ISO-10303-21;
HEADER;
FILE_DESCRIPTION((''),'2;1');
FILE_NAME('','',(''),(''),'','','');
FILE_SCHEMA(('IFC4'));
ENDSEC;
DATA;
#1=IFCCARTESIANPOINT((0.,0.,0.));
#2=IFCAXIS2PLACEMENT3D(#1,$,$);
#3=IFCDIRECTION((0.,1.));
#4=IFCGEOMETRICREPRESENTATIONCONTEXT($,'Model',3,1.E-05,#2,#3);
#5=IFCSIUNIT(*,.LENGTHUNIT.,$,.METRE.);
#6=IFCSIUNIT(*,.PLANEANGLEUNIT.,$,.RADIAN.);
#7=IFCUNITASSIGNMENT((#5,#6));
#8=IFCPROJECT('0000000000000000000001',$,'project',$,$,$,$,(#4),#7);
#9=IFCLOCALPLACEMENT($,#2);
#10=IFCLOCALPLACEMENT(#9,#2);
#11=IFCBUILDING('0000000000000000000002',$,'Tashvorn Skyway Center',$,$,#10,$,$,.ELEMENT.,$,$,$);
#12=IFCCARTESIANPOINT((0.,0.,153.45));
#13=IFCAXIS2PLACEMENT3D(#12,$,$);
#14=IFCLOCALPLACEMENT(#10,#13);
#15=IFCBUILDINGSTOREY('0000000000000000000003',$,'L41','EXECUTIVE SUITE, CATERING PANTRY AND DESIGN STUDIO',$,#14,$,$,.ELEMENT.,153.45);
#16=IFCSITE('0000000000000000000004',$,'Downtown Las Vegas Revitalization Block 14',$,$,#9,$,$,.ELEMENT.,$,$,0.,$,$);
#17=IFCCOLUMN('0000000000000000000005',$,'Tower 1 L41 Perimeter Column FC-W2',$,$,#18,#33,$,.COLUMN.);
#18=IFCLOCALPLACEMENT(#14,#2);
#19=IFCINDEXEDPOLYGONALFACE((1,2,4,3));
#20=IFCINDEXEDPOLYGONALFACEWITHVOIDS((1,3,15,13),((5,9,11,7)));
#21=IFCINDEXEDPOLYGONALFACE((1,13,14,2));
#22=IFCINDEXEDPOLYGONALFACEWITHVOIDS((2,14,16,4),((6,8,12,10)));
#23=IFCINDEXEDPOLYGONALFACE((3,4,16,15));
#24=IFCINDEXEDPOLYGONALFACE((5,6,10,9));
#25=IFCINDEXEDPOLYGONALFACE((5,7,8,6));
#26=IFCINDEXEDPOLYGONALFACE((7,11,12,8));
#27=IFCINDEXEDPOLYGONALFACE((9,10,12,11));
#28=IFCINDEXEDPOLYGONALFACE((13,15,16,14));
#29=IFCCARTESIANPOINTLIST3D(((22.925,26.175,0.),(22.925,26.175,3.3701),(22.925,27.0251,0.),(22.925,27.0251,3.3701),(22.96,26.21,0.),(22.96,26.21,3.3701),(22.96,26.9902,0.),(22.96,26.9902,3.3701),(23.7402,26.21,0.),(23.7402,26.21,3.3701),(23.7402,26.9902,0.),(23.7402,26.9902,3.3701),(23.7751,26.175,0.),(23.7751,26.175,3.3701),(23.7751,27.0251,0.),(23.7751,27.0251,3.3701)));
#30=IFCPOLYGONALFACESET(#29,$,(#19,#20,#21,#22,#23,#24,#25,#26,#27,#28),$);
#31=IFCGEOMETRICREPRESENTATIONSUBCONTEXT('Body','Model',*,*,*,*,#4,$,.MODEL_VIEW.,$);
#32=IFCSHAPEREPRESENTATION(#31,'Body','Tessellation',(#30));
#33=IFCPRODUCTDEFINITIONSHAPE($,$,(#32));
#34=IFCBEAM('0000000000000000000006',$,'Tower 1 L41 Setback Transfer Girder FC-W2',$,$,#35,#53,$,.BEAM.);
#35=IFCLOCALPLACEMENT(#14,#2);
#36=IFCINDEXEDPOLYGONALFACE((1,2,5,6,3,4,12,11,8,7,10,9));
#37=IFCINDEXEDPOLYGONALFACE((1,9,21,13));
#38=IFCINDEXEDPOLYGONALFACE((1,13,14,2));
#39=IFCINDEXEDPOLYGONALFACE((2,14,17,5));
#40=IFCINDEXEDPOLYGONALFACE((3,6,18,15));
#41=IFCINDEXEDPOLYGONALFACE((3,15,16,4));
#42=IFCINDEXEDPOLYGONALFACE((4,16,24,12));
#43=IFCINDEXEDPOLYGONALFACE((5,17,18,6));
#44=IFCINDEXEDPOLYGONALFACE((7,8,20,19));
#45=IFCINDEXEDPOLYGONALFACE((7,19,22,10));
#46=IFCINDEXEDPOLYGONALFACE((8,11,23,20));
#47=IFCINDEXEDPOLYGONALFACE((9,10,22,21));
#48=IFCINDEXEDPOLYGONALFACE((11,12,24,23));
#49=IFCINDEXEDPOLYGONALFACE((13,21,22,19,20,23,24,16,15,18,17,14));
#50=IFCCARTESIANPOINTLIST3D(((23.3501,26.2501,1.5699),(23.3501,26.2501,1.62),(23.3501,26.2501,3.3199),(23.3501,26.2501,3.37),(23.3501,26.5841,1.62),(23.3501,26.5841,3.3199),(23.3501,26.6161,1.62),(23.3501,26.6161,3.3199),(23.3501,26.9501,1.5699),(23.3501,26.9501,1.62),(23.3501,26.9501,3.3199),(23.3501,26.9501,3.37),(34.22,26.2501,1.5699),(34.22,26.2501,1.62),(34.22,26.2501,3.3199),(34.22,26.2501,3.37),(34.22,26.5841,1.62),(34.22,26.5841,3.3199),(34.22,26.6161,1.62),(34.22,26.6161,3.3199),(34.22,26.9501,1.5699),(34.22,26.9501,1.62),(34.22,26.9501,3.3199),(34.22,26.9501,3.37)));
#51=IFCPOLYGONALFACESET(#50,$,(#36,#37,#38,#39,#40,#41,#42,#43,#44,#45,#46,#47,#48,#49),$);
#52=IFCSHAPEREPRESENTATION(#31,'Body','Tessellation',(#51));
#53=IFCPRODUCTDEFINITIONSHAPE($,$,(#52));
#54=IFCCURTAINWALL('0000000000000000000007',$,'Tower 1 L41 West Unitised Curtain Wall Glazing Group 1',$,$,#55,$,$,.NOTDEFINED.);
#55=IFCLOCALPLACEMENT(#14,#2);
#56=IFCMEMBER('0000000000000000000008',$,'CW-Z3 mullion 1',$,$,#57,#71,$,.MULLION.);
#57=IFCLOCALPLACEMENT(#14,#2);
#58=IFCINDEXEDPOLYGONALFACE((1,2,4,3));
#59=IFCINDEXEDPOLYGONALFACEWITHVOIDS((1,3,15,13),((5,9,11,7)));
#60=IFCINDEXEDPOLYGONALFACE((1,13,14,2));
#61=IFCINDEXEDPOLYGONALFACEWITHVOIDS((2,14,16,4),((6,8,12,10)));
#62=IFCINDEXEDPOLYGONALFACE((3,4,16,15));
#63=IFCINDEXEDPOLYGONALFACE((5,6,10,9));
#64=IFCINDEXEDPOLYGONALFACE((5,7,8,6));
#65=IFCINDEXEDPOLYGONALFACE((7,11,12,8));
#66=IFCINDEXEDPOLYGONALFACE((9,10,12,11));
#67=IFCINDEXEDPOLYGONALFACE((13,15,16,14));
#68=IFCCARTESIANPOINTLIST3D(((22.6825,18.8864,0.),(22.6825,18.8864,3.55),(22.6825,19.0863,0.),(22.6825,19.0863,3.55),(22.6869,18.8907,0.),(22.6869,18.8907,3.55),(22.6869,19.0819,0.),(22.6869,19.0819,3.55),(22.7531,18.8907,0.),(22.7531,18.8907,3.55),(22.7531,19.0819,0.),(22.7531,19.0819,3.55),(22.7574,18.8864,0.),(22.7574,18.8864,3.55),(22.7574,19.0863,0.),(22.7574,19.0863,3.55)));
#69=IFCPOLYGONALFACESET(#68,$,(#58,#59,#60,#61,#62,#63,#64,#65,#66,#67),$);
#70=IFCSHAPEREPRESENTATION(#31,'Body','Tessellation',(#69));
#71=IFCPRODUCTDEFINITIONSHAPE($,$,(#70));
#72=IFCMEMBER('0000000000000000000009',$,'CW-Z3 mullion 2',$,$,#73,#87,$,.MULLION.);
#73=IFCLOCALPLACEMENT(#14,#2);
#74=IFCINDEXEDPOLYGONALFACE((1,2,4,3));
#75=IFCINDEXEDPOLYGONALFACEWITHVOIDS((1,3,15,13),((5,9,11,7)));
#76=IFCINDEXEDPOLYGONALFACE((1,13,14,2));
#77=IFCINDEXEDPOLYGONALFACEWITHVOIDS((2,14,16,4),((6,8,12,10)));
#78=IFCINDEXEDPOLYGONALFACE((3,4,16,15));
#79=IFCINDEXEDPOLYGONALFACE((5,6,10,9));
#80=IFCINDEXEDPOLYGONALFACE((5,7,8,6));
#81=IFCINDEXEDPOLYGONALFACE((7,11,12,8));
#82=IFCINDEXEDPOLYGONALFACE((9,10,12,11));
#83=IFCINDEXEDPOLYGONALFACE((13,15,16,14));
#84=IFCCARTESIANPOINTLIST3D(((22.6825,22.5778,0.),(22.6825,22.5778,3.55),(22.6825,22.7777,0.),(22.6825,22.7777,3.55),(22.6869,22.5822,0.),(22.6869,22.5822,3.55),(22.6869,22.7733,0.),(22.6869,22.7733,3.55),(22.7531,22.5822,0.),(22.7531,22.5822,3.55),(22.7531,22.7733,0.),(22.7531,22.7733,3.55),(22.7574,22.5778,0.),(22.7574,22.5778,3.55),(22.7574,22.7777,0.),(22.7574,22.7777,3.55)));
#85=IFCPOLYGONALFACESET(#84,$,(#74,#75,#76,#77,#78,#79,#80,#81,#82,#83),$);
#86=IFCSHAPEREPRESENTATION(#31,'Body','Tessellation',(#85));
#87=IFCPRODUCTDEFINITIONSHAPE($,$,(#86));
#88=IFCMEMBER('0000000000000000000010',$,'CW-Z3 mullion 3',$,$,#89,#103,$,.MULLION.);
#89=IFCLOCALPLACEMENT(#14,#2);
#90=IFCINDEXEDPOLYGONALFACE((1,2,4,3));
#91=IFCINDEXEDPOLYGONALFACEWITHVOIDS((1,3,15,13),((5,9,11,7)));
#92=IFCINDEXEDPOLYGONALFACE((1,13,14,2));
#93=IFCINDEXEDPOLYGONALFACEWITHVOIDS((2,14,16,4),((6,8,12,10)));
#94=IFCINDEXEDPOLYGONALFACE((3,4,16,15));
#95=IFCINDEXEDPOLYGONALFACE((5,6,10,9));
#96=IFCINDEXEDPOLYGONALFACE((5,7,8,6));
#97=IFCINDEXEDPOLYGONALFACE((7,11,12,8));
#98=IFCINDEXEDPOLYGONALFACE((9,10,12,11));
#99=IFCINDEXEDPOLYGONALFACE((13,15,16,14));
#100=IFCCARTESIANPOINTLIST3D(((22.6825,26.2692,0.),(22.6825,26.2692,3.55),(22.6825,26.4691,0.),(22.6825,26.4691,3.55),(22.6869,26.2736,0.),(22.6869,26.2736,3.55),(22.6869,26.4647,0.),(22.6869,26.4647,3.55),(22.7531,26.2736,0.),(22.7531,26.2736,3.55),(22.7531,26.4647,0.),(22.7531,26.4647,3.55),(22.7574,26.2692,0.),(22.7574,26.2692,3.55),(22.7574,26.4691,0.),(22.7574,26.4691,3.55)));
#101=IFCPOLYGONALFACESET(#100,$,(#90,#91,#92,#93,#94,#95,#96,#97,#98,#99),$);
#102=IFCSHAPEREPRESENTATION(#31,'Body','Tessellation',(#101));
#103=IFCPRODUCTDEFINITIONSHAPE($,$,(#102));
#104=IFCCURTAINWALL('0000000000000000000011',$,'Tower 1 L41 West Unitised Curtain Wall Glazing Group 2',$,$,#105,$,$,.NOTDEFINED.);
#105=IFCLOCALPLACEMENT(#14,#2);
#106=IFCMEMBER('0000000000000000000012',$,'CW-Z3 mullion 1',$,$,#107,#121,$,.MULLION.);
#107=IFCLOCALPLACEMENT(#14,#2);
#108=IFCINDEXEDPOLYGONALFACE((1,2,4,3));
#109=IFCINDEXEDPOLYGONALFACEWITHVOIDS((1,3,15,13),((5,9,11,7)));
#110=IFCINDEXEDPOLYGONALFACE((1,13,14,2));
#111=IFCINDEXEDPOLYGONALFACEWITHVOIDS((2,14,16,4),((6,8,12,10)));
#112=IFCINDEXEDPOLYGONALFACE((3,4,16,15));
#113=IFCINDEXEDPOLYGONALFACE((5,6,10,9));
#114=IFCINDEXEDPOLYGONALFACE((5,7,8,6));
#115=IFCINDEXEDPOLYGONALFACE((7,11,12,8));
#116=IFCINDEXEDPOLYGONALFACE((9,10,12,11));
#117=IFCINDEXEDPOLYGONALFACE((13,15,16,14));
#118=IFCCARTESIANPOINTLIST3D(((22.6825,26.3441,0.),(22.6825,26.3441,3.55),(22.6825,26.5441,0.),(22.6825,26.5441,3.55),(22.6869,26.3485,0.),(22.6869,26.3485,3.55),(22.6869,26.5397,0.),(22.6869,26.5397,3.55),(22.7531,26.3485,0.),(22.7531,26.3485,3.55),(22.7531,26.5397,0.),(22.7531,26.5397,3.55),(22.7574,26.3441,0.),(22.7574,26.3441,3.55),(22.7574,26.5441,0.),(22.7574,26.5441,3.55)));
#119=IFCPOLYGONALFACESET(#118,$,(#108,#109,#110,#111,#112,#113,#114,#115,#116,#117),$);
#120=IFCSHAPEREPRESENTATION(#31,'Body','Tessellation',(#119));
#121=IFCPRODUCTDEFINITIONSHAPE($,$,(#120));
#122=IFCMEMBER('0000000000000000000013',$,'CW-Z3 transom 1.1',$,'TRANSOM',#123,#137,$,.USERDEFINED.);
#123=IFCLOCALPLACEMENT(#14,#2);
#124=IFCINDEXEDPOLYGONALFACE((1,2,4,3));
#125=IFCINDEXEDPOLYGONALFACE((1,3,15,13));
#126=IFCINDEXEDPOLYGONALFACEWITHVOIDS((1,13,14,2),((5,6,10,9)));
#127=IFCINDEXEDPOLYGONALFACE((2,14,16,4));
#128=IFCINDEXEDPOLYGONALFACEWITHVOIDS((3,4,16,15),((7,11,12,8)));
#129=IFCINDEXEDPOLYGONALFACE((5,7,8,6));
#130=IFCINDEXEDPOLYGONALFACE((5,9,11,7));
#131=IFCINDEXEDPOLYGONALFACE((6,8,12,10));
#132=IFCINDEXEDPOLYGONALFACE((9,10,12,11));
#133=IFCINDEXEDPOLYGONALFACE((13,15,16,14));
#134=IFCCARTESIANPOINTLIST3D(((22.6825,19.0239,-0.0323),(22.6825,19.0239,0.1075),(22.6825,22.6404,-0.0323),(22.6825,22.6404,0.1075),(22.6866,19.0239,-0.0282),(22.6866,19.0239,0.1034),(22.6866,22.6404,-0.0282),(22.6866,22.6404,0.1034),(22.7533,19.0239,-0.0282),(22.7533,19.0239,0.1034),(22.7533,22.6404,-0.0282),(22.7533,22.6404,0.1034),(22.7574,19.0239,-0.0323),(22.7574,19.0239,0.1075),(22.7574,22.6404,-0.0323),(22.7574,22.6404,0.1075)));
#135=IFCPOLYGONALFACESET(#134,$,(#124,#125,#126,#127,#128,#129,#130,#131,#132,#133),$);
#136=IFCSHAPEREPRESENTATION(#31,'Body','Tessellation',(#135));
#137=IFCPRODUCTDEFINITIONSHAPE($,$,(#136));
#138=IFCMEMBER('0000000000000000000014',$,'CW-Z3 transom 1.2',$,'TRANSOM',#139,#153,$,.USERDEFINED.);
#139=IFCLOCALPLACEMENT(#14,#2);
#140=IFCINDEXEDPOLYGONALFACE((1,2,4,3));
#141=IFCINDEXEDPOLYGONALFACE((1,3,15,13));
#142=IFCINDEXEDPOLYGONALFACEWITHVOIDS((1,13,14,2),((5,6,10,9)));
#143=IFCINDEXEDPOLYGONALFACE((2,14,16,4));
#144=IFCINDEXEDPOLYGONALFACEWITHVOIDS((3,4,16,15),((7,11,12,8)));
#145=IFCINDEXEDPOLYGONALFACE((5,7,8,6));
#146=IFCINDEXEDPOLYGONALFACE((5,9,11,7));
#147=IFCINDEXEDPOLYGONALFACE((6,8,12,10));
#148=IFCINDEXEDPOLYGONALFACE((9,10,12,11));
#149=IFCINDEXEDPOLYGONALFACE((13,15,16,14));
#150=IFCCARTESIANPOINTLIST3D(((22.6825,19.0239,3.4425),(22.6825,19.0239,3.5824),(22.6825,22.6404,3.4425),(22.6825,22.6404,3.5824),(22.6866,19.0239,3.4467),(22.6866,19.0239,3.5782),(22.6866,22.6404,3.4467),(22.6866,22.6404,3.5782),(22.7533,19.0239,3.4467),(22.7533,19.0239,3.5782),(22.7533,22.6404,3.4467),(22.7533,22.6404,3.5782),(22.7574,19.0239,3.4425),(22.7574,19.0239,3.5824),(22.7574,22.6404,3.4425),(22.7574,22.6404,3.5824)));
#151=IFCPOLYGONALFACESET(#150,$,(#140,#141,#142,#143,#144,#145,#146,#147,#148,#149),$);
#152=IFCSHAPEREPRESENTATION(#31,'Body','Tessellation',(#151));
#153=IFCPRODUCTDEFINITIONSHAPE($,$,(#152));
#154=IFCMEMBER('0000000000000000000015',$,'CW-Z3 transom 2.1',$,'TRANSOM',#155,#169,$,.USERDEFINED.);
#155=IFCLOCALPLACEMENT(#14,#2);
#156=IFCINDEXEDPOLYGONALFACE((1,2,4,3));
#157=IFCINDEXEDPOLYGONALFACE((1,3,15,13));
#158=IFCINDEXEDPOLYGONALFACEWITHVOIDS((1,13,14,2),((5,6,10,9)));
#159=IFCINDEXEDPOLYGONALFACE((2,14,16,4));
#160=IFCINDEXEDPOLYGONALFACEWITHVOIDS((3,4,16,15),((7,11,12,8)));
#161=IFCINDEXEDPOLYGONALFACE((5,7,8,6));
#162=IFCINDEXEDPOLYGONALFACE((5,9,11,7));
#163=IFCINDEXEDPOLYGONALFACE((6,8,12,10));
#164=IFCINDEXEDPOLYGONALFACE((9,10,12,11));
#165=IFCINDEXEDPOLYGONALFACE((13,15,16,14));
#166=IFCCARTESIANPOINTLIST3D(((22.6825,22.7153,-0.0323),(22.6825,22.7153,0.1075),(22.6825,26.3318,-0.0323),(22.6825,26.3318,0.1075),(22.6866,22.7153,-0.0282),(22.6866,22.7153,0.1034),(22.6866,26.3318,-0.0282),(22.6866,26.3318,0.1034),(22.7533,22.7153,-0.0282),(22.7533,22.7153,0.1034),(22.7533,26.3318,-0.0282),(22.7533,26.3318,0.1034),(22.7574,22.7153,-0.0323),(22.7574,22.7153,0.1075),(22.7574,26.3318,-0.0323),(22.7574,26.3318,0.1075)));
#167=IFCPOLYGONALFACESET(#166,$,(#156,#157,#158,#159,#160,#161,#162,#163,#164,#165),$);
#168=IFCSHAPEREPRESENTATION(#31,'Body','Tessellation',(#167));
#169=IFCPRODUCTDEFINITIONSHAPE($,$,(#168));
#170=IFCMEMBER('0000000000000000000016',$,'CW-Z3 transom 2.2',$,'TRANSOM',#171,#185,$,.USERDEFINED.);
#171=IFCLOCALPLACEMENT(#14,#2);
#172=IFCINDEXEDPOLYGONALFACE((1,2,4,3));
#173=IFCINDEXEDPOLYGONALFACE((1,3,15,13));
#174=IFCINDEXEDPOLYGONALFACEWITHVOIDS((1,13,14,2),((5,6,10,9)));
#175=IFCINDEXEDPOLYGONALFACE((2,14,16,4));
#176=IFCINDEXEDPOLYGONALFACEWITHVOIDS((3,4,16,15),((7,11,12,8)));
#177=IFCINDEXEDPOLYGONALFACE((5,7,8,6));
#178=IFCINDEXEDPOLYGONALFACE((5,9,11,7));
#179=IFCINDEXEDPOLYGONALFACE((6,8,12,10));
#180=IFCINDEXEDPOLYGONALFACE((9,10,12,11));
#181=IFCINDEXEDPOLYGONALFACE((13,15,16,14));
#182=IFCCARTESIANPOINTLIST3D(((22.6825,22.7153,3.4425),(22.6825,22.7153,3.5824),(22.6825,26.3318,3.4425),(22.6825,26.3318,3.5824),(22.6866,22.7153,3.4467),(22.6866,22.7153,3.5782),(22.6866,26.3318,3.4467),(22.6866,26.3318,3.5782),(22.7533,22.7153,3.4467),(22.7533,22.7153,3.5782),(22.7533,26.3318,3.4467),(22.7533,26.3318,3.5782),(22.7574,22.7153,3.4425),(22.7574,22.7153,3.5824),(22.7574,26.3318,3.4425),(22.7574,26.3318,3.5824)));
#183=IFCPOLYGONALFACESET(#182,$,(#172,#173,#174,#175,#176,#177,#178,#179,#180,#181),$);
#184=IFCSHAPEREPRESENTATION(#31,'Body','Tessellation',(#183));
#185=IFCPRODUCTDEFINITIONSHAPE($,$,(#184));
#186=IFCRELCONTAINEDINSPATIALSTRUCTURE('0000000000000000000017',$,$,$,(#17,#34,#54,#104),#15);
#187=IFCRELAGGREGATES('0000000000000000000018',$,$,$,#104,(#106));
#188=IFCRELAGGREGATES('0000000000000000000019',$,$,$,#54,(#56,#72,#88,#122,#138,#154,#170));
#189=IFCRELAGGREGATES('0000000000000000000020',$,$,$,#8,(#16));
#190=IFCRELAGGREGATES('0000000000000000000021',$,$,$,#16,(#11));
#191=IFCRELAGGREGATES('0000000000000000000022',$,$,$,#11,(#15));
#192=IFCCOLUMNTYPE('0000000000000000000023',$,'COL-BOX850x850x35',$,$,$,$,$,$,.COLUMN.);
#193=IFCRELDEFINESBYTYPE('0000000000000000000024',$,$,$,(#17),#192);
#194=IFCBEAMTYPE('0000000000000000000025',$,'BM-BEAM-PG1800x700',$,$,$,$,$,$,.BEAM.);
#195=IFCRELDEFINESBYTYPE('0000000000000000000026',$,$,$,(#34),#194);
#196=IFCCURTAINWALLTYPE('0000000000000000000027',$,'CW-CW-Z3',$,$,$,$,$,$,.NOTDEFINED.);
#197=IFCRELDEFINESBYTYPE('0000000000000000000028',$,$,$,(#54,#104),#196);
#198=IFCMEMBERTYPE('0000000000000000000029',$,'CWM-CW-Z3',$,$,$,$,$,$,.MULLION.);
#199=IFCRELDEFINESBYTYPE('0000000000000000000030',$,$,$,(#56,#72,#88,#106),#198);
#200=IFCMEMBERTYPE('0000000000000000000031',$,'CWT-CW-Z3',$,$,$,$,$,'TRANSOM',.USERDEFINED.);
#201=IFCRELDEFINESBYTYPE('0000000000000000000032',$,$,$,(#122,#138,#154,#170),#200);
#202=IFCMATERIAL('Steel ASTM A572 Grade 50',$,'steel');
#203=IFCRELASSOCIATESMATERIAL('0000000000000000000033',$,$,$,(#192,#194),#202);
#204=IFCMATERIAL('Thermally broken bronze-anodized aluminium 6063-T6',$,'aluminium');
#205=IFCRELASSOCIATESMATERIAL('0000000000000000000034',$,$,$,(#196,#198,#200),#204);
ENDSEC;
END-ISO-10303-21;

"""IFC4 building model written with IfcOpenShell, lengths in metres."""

from ifc_helpers import new_model, si_unit, direction, frame, origin, origin_2d, place, context, subcontext, project, spatial, hollow_rectangle, i_section, extrude, material, material_profile, profile_set, type_object, element, aggregate, save


model = new_model("IFC4")

# Units and contexts
model_context = context("Model", 3, precision=1e-05, world=origin(), true_north=direction((0.0, 1.0)))
body_context = subcontext(model_context, "Body", "Model", "MODEL_VIEW")
ifc_project = project(units=[si_unit("LENGTHUNIT", "METRE"), si_unit("PLANEANGLEUNIT", "RADIAN")], contexts=[model_context])

# Site, building, storey
site_placement = place(None, origin())
site = spatial("IfcSite", under=ifc_project, at=site_placement, Name="Downtown Las Vegas Revitalization Block 14", CompositionType="ELEMENT", RefElevation=0.0)
building_placement = place(site_placement, origin())
building = spatial("IfcBuilding", under=site, at=building_placement, Name="Tashvorn Skyway Center", CompositionType="ELEMENT")
storey_placement = place(building_placement, frame((0.0, 0.0, 153.45)))
storey = spatial("IfcBuildingStorey", under=building, at=storey_placement, Name="L41", Description="EXECUTIVE SUITE, CATERING PANTRY AND DESIGN STUDIO", CompositionType="ELEMENT", Elevation=153.45)

# Column
ifc_material_1 = material(Name="Steel ASTM A572 Grade 50", Category="steel")
ifc_material_profile_1 = material_profile(ifc_material_1, hollow_rectangle(XDim=0.8501, YDim=0.8501, WallThickness=0.0349, at=origin_2d()), Name="BOX850x850x35")
ifc_profile_set_1 = profile_set([ifc_material_profile_1], Name="Steel ASTM A572 Grade 50")
column_type = type_object("IfcColumnType", Name="COL-BOX850x850x35", PredefinedType="COLUMN", material=ifc_profile_set_1)
column_placement = place(storey_placement, frame((23.3501, 26.6001, 0.0), z_axis=(0.0, 0.0, 1.0), x_axis=(1.0, 0.0, 0.0)))
element("IfcColumn", 1, at=column_placement, inside=storey, type_object=column_type, Name="Tower 1 L41 Perimeter Column FC-W2", PredefinedType="COLUMN", context=body_context, shape_type="SweptSolid", body=[
    extrude(hollow_rectangle(XDim=0.8501, YDim=0.8501, WallThickness=0.0349, at=origin_2d()), origin(), (0.0, 0.0, 1.0), 3.3701),
])

# Beam
ifc_material_profile_2 = material_profile(ifc_material_1, i_section(OverallWidth=0.7, OverallDepth=1.8, WebThickness=0.032, FlangeThickness=0.05, at=origin_2d()), Name="PG1800x700")
ifc_profile_set_2 = profile_set([ifc_material_profile_2], Name="Steel ASTM A572 Grade 50")
beam_type = type_object("IfcBeamType", Name="BM-BEAM-PG1800x700", PredefinedType="BEAM", material=ifc_profile_set_2)
beam_placement = place(storey_placement, frame((23.3501, 26.6001, 2.47), z_axis=(1.0, 0.0, 0.0), x_axis=(0.0, 1.0, 0.0)))
element("IfcBeam", 2, at=beam_placement, inside=storey, type_object=beam_type, Name="Tower 1 L41 Setback Transfer Girder FC-W2", PredefinedType="BEAM", context=body_context, shape_type="SweptSolid", body=[
    extrude(i_section(OverallWidth=0.7, OverallDepth=1.8, WebThickness=0.032, FlangeThickness=0.05, at=origin_2d()), origin(), (0.0, 0.0, 1.0), 10.8699),
])

# Curtain wall, members
ifc_material_2 = material(Name="Thermally broken bronze-anodized aluminium 6063-T6", Category="aluminium")
curtain_wall_type = type_object("IfcCurtainWallType", Name="CW-CW-Z3", PredefinedType="NOTDEFINED", material=ifc_material_2)
curtain_wall_1_placement = place(storey_placement, origin())
curtain_wall_1 = element("IfcCurtainWall", 3, at=curtain_wall_1_placement, inside=storey, type_object=curtain_wall_type, Name="Tower 1 L41 West Unitised Curtain Wall Glazing Group 1", PredefinedType="NOTDEFINED")
ifc_material_profile_3 = material_profile(ifc_material_2, hollow_rectangle(XDim=0.075, YDim=0.2, WallThickness=0.0044, at=origin_2d()), Name="ALU-MULL-75x200")
ifc_profile_set_3 = profile_set([ifc_material_profile_3], Name="Thermally broken bronze-anodized aluminium 6063-T6")
member_type_1 = type_object("IfcMemberType", Name="CWM-CW-Z3", PredefinedType="MULLION", material=ifc_profile_set_3)
member_1_placement = place(storey_placement, frame((22.72, 18.9863, 0.0), z_axis=(0.0, 0.0, 1.0), x_axis=(-1.0, 0.0, 0.0)))
member_1 = element("IfcMember", 4, at=member_1_placement, type_object=member_type_1, Name="CW-Z3 mullion 1", PredefinedType="MULLION", context=body_context, shape_type="SweptSolid", body=[
    extrude(hollow_rectangle(XDim=0.075, YDim=0.2, WallThickness=0.0044, at=origin_2d()), origin(), (0.0, 0.0, 1.0), 3.55),
])
member_2_placement = place(storey_placement, frame((22.72, 22.6777, 0.0), z_axis=(0.0, 0.0, 1.0), x_axis=(-1.0, 0.0, 0.0)))
member_2 = element("IfcMember", 5, at=member_2_placement, type_object=member_type_1, Name="CW-Z3 mullion 2", PredefinedType="MULLION", context=body_context, shape_type="SweptSolid", body=[
    extrude(hollow_rectangle(XDim=0.075, YDim=0.2, WallThickness=0.0044, at=origin_2d()), origin(), (0.0, 0.0, 1.0), 3.55),
])
member_3_placement = place(storey_placement, frame((22.72, 26.3691, 0.0), z_axis=(0.0, 0.0, 1.0), x_axis=(-1.0, 0.0, 0.0)))
member_3 = element("IfcMember", 6, at=member_3_placement, type_object=member_type_1, Name="CW-Z3 mullion 3", PredefinedType="MULLION", context=body_context, shape_type="SweptSolid", body=[
    extrude(hollow_rectangle(XDim=0.075, YDim=0.2, WallThickness=0.0044, at=origin_2d()), origin(), (0.0, 0.0, 1.0), 3.55),
])

# Curtain wall, member
curtain_wall_2_placement = place(storey_placement, origin())
curtain_wall_2 = element("IfcCurtainWall", 7, at=curtain_wall_2_placement, inside=storey, type_object=curtain_wall_type, Name="Tower 1 L41 West Unitised Curtain Wall Glazing Group 2", PredefinedType="NOTDEFINED")
member_4_placement = place(storey_placement, frame((22.72, 26.4441, 0.0), z_axis=(0.0, 0.0, 1.0), x_axis=(-1.0, 0.0, 0.0)))
member_4 = element("IfcMember", 8, at=member_4_placement, type_object=member_type_1, Name="CW-Z3 mullion 1", PredefinedType="MULLION", context=body_context, shape_type="SweptSolid", body=[
    extrude(hollow_rectangle(XDim=0.075, YDim=0.2, WallThickness=0.0044, at=origin_2d()), origin(), (0.0, 0.0, 1.0), 3.55),
])

# Members
ifc_material_profile_4 = material_profile(ifc_material_2, hollow_rectangle(XDim=0.075, YDim=0.1399, WallThickness=0.0042, at=origin_2d()), Name="ALU-TRAN-75x140")
ifc_profile_set_4 = profile_set([ifc_material_profile_4], Name="Thermally broken bronze-anodized aluminium 6063-T6")
member_type_2 = type_object("IfcMemberType", Name="CWT-CW-Z3", ElementType="TRANSOM", PredefinedType="USERDEFINED", material=ifc_profile_set_4)
member_5_placement = place(storey_placement, frame((22.72, 19.0239, 0.0376), z_axis=(0.0, 1.0, 0.0), x_axis=(-1.0, 0.0, 0.0)))
member_5 = element("IfcMember", 9, at=member_5_placement, type_object=member_type_2, Name="CW-Z3 transom 1.1", ObjectType="TRANSOM", PredefinedType="USERDEFINED", context=body_context, shape_type="SweptSolid", body=[
    extrude(hollow_rectangle(XDim=0.075, YDim=0.1399, WallThickness=0.0042, at=origin_2d()), origin(), (0.0, 0.0, 1.0), 3.6165),
])
member_6_placement = place(storey_placement, frame((22.72, 19.0239, 3.5125), z_axis=(0.0, 1.0, 0.0), x_axis=(-1.0, 0.0, 0.0)))
member_6 = element("IfcMember", 10, at=member_6_placement, type_object=member_type_2, Name="CW-Z3 transom 1.2", ObjectType="TRANSOM", PredefinedType="USERDEFINED", context=body_context, shape_type="SweptSolid", body=[
    extrude(hollow_rectangle(XDim=0.075, YDim=0.1399, WallThickness=0.0042, at=origin_2d()), origin(), (0.0, 0.0, 1.0), 3.6165),
])
member_7_placement = place(storey_placement, frame((22.72, 22.7153, 0.0376), z_axis=(0.0, 1.0, 0.0), x_axis=(-1.0, 0.0, 0.0)))
member_7 = element("IfcMember", 11, at=member_7_placement, type_object=member_type_2, Name="CW-Z3 transom 2.1", ObjectType="TRANSOM", PredefinedType="USERDEFINED", context=body_context, shape_type="SweptSolid", body=[
    extrude(hollow_rectangle(XDim=0.075, YDim=0.1399, WallThickness=0.0042, at=origin_2d()), origin(), (0.0, 0.0, 1.0), 3.6165),
])
member_8_placement = place(storey_placement, frame((22.72, 22.7153, 3.5125), z_axis=(0.0, 1.0, 0.0), x_axis=(-1.0, 0.0, 0.0)))
member_8 = element("IfcMember", 12, at=member_8_placement, type_object=member_type_2, Name="CW-Z3 transom 2.2", ObjectType="TRANSOM", PredefinedType="USERDEFINED", context=body_context, shape_type="SweptSolid", body=[
    extrude(hollow_rectangle(XDim=0.075, YDim=0.1399, WallThickness=0.0042, at=origin_2d()), origin(), (0.0, 0.0, 1.0), 3.6165),
])
aggregate(curtain_wall_2, [member_4])

aggregate(curtain_wall_1, [member_1, member_2, member_3, member_5, member_6, member_7, member_8])

save(model, "model.ifc")
